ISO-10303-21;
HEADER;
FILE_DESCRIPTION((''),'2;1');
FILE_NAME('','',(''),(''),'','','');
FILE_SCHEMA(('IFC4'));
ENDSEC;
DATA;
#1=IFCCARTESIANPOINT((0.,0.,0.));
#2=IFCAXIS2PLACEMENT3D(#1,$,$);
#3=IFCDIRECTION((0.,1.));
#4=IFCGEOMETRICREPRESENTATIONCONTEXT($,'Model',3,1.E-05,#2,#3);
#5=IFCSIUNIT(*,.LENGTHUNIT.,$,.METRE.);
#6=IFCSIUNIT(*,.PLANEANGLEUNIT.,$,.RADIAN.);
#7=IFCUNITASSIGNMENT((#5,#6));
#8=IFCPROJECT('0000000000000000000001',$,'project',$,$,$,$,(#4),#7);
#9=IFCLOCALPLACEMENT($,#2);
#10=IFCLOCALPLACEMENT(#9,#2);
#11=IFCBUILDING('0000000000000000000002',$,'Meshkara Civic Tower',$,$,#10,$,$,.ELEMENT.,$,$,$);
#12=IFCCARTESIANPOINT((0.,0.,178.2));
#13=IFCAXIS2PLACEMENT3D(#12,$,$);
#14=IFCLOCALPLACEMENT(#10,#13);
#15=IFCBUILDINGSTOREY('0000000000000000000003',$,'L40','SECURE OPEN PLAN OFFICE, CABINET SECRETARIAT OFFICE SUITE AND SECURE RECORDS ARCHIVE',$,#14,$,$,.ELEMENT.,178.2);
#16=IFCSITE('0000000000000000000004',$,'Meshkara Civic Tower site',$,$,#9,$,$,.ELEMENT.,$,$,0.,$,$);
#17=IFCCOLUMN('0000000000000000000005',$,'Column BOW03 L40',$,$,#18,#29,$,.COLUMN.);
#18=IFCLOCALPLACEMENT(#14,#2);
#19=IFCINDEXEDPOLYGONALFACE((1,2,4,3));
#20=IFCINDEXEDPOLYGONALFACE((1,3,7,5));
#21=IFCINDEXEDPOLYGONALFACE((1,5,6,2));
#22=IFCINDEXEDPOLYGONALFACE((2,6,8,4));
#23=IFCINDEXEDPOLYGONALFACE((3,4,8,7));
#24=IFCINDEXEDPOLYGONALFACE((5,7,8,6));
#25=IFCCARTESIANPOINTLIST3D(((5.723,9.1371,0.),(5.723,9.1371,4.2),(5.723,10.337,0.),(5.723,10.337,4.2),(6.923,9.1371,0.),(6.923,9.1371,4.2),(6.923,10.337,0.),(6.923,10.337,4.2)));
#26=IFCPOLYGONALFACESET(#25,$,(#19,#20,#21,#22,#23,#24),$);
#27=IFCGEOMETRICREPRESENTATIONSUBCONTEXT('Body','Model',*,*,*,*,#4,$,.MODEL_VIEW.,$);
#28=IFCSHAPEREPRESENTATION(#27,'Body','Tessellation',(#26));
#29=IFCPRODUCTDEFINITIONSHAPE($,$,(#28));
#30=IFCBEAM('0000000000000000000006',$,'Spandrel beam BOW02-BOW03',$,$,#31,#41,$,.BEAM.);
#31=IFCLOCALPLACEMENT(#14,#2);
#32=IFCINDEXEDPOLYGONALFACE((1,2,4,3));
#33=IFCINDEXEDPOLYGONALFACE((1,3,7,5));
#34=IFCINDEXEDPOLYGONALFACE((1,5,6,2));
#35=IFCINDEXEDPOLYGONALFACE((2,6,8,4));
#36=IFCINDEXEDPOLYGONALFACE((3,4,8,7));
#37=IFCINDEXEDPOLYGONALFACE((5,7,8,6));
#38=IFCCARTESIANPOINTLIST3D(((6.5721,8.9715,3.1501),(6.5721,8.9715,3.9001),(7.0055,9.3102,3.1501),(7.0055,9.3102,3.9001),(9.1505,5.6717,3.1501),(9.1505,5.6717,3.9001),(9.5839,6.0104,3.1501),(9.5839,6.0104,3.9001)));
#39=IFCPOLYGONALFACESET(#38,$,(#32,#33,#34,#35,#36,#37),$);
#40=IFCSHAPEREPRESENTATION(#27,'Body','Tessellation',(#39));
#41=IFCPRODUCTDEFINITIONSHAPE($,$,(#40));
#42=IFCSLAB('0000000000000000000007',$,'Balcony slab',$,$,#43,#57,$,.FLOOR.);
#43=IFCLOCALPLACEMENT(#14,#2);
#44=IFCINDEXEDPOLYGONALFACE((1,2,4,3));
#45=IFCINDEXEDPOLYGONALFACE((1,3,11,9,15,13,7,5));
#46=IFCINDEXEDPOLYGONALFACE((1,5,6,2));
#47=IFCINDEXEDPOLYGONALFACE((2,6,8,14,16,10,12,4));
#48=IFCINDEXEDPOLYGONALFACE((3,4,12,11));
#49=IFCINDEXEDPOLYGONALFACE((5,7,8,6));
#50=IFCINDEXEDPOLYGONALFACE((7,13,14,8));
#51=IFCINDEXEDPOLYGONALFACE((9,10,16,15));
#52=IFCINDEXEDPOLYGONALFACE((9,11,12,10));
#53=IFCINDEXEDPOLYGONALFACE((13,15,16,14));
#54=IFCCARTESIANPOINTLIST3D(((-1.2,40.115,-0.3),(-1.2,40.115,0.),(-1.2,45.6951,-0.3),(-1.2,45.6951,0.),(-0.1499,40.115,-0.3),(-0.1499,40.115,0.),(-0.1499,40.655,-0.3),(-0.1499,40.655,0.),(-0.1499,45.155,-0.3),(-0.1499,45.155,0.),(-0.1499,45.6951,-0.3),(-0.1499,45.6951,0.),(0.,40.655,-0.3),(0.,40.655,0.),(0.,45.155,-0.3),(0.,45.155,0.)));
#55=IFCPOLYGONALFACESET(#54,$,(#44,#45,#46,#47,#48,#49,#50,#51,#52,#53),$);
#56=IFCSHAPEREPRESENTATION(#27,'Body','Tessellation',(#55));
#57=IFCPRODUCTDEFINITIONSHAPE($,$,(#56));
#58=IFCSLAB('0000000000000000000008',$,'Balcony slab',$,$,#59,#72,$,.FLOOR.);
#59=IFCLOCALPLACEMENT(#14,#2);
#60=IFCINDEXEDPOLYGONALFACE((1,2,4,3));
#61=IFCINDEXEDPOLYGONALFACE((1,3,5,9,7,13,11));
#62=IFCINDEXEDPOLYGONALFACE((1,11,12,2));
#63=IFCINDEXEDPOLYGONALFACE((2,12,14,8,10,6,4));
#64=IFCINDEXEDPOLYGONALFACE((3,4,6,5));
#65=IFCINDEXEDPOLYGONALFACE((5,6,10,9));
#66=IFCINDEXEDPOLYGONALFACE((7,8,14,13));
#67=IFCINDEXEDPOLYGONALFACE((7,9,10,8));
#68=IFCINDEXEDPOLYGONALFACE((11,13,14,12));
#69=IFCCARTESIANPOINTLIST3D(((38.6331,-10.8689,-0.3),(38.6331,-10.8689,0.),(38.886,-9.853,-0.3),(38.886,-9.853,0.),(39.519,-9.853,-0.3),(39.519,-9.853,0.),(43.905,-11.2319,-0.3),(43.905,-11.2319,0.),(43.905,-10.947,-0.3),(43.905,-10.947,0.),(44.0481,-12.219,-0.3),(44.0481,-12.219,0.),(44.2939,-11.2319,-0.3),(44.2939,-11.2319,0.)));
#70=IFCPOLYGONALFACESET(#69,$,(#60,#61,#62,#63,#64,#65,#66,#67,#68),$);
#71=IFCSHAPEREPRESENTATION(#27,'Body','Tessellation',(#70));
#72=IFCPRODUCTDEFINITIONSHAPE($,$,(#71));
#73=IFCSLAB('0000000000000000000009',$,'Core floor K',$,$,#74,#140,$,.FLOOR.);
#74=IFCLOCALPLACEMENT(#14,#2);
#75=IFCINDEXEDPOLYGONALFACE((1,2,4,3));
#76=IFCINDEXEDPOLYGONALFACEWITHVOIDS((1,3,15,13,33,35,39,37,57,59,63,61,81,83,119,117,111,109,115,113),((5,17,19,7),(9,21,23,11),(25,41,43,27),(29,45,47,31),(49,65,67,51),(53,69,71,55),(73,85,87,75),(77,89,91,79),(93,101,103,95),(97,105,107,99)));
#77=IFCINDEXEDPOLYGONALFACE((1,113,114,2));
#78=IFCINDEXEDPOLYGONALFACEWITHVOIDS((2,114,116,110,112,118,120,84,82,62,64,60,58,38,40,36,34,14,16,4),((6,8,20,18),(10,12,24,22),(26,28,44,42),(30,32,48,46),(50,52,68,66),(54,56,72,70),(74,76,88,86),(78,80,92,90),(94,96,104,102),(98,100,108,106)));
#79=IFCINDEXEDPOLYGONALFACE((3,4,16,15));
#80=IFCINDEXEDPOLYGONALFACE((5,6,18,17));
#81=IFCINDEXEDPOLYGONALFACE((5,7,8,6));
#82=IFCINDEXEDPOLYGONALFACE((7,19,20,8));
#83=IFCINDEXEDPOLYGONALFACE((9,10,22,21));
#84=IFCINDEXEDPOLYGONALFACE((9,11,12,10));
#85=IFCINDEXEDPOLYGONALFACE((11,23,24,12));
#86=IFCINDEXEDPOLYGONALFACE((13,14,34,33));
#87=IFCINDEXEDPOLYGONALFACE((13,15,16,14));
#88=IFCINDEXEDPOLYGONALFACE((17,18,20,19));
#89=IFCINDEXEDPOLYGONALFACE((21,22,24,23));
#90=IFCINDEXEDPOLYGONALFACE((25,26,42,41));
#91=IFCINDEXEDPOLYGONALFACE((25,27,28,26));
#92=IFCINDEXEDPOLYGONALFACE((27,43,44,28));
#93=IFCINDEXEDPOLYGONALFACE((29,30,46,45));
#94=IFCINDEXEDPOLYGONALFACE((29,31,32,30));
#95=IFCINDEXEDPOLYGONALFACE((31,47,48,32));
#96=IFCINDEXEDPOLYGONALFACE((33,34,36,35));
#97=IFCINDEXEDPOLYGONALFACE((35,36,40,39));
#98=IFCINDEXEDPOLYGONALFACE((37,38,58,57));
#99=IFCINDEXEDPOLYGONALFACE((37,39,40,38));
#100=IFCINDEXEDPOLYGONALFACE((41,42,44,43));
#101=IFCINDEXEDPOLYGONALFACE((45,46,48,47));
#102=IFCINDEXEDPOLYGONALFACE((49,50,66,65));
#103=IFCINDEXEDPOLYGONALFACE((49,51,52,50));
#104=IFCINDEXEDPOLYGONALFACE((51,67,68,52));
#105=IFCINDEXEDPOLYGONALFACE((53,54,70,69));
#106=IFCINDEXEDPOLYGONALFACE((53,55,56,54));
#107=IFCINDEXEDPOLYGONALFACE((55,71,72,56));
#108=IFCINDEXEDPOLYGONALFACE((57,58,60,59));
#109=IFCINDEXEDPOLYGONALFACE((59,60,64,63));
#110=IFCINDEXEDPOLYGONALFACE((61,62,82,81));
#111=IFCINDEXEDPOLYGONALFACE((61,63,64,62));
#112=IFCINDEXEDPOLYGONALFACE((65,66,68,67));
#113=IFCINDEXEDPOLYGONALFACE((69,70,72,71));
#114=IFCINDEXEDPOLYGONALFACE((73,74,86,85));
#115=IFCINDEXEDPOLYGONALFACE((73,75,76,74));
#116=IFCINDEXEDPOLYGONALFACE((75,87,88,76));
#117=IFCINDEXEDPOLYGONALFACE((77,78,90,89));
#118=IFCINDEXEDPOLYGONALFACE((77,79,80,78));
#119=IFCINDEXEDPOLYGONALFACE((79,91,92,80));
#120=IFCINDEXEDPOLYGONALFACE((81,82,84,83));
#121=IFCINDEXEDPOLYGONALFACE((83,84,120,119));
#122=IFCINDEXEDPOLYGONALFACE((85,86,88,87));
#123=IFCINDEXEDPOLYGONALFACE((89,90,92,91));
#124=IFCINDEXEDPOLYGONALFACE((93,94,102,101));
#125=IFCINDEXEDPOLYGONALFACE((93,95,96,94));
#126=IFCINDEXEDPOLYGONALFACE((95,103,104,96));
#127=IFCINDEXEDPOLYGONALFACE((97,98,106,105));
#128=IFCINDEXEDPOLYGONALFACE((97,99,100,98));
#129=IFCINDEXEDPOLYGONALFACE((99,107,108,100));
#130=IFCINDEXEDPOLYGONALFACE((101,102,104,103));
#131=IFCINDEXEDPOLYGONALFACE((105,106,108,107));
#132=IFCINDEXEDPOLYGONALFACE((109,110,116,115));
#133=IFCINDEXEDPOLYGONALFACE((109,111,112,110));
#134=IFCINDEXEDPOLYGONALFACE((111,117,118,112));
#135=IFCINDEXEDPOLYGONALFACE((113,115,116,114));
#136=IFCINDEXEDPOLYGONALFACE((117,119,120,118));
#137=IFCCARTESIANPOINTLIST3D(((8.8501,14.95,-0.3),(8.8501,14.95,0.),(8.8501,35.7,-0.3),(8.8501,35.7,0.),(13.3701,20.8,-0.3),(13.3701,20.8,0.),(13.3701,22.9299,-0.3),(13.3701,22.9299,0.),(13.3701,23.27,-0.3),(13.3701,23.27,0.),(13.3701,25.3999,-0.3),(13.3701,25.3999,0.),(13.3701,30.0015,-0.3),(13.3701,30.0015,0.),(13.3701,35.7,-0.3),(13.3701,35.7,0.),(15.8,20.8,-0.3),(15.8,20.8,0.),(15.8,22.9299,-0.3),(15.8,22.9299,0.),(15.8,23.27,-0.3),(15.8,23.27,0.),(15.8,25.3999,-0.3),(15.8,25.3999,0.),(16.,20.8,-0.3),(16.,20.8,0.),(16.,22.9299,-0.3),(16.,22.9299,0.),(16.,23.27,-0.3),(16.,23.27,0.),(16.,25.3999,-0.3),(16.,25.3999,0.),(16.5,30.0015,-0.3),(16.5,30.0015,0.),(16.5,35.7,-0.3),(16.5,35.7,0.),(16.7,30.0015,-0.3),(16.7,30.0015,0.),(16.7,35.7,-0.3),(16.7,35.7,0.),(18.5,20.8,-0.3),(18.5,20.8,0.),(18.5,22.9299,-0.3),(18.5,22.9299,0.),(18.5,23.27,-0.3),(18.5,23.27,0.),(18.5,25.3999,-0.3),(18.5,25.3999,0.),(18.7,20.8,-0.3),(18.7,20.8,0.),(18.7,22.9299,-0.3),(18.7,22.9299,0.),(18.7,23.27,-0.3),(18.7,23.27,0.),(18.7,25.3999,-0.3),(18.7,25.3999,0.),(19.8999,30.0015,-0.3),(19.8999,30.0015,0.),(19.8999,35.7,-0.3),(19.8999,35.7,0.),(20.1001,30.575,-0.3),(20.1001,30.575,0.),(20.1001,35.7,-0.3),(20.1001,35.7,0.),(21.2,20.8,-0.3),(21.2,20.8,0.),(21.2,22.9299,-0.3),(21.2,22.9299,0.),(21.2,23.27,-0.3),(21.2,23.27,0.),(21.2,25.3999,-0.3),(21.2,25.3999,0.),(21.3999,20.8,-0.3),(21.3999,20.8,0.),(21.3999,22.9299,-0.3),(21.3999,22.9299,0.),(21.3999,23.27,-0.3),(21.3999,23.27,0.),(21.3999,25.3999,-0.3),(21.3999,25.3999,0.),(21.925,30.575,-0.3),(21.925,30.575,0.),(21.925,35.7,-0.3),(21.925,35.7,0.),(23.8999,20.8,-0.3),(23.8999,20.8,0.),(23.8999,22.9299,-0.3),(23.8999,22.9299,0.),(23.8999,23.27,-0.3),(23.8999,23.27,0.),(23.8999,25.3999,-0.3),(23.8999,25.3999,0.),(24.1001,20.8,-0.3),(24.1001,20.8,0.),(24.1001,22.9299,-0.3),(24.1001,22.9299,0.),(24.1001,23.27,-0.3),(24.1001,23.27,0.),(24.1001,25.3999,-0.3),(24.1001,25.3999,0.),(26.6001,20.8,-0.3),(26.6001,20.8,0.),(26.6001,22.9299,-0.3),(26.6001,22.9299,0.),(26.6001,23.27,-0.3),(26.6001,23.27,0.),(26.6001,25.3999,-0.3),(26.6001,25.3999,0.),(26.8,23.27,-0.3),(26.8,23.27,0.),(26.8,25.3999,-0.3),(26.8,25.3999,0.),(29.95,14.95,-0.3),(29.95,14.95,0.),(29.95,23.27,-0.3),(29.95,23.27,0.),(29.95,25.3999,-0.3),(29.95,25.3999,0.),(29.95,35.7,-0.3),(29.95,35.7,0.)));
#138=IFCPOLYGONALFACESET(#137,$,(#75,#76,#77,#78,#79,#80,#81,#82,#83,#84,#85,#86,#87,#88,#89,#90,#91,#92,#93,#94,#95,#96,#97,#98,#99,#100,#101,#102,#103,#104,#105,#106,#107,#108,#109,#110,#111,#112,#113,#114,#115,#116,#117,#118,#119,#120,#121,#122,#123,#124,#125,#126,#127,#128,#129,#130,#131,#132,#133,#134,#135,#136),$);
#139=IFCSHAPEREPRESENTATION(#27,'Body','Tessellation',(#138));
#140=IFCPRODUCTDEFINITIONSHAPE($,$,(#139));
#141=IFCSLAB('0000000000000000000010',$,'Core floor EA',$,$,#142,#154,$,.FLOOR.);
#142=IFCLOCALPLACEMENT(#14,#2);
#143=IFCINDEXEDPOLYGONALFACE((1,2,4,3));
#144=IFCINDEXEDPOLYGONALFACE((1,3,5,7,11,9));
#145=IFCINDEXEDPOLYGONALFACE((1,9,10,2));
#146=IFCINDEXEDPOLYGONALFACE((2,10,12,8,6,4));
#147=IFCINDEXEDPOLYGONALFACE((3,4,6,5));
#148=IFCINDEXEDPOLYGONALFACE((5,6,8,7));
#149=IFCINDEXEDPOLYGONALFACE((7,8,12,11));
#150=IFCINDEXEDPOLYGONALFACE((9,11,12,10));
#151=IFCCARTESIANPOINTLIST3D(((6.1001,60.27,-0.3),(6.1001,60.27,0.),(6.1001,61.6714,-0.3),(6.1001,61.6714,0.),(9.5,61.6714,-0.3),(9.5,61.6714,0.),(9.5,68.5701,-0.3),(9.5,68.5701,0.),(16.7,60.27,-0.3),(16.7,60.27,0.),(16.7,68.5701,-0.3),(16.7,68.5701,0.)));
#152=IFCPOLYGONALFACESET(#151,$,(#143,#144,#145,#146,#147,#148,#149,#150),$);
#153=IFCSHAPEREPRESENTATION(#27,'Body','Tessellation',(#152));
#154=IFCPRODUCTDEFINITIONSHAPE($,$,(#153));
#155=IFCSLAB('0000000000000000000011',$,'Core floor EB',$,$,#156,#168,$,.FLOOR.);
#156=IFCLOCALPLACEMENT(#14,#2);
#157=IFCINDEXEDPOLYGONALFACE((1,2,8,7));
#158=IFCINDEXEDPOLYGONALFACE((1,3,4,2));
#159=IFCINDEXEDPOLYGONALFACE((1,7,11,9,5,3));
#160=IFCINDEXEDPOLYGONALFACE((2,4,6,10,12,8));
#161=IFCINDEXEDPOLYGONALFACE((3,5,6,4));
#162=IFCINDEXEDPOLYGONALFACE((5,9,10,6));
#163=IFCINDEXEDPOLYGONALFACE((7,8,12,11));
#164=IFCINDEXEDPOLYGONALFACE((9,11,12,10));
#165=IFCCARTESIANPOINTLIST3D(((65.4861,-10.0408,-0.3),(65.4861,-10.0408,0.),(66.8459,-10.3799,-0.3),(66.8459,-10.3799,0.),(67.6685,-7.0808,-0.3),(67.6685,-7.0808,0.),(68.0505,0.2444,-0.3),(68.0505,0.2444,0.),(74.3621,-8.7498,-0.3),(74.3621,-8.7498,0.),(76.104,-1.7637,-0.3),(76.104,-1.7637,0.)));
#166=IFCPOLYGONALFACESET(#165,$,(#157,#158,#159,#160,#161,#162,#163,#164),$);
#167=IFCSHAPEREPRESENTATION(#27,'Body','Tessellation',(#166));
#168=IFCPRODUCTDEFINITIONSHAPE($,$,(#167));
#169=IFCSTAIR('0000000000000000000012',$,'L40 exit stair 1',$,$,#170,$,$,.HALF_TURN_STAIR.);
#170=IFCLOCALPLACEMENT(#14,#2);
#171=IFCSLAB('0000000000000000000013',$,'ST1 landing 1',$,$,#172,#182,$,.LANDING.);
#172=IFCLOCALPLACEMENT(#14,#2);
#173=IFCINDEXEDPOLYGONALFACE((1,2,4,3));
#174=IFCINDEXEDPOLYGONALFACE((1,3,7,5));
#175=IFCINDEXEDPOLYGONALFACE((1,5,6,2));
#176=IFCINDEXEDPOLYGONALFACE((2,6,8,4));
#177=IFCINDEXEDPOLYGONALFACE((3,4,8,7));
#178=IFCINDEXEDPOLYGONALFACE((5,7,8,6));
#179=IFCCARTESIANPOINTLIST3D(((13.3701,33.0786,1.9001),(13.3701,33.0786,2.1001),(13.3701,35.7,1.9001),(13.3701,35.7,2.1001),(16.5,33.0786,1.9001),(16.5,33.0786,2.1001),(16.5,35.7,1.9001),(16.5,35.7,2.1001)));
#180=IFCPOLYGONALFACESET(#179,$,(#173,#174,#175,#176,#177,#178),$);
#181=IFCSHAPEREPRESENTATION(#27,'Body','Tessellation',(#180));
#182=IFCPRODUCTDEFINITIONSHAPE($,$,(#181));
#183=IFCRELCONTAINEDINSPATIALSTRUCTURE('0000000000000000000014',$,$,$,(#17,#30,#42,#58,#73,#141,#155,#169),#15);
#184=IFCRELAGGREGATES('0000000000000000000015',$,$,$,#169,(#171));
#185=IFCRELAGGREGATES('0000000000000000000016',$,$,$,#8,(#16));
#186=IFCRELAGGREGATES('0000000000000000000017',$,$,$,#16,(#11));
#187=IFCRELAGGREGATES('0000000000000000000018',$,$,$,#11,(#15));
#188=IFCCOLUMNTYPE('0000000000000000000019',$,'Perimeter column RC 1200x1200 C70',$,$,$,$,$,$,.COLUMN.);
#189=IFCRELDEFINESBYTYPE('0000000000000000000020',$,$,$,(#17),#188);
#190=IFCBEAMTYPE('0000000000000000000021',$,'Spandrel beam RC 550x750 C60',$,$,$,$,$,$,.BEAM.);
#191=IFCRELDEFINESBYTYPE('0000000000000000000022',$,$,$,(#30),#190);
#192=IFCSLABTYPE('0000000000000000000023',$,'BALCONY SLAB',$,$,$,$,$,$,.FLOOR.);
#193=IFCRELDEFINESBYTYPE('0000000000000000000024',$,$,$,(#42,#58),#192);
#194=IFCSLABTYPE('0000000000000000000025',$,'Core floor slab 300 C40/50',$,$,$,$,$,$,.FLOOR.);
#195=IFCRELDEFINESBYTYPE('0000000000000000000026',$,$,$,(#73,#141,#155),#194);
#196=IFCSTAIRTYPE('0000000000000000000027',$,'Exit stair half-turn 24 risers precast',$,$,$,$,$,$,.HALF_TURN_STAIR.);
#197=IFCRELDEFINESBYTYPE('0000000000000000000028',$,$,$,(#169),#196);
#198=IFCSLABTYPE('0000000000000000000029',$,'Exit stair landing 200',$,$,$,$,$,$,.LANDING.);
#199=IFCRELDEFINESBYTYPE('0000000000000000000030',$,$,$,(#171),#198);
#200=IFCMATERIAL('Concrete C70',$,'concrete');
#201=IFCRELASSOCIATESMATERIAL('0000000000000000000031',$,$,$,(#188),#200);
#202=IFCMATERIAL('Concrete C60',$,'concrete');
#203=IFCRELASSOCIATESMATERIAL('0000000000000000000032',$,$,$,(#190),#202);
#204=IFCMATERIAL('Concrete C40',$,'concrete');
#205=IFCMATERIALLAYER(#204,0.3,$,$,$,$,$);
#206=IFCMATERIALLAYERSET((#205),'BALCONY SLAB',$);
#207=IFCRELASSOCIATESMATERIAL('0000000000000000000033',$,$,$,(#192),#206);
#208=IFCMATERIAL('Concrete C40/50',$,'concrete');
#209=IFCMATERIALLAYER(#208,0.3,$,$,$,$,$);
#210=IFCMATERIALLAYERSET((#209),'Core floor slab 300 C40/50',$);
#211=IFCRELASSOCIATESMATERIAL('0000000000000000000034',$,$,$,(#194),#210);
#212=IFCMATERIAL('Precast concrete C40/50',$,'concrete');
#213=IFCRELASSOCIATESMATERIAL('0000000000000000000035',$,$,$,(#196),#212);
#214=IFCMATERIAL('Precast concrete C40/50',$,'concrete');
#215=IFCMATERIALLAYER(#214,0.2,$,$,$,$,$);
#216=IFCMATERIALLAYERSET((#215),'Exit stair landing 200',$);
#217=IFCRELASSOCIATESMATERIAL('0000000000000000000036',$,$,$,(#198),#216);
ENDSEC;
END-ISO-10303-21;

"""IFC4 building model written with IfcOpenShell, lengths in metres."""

from ifc_helpers import new_model, si_unit, direction, frame, origin, origin_2d, place, context, subcontext, project, spatial, polyline, rectangle, outline, extrude, material, layer, layer_set, material_profile, profile_set, type_object, element, aggregate, save


model = new_model("IFC4")

# Units and contexts
model_context = context("Model", 3, precision=1e-05, world=origin(), true_north=direction((0.0, 1.0)))
body_context = subcontext(model_context, "Body", "Model", "MODEL_VIEW")
ifc_project = project(units=[si_unit("LENGTHUNIT", "METRE"), si_unit("PLANEANGLEUNIT", "RADIAN")], contexts=[model_context])

# Site, building, storey
site_placement = place(None, origin())
site = spatial("IfcSite", under=ifc_project, at=site_placement, Name="Meshkara Civic Tower site", CompositionType="ELEMENT", RefElevation=0.0)
building_placement = place(site_placement, origin())
building = spatial("IfcBuilding", under=site, at=building_placement, Name="Meshkara Civic Tower", CompositionType="ELEMENT")
storey_placement = place(building_placement, frame((0.0, 0.0, 178.2)))
storey = spatial("IfcBuildingStorey", under=building, at=storey_placement, Name="L40", Description="SECURE OPEN PLAN OFFICE, CABINET SECRETARIAT OFFICE SUITE AND SECURE RECORDS ARCHIVE", CompositionType="ELEMENT", Elevation=178.2)

# Column
ifc_material_1 = material(Name="Concrete C70", Category="concrete")
ifc_material_profile_1 = material_profile(ifc_material_1, rectangle(XDim=1.2, YDim=1.2, at=origin_2d()))
ifc_profile_set_1 = profile_set([ifc_material_profile_1], Name="Concrete C70")
column_type = type_object("IfcColumnType", Name="Perimeter column RC 1200x1200 C70", PredefinedType="COLUMN", material=ifc_profile_set_1)
column_placement = place(storey_placement, frame((6.323, 9.7371, 0.0), z_axis=(0.0, 0.0, 1.0), x_axis=(1.0, 0.0, 0.0)))
element("IfcColumn", 1, at=column_placement, inside=storey, type_object=column_type, Name="Column BOW03 L40", PredefinedType="COLUMN", context=body_context, shape_type="SweptSolid", body=[
    extrude(rectangle(XDim=1.2, YDim=1.2, at=origin_2d()), origin(), (0.0, 0.0, 1.0), 4.2),
])

# Beam
ifc_material_2 = material(Name="Concrete C60", Category="concrete")
ifc_material_profile_2 = material_profile(ifc_material_2, rectangle(XDim=0.55, YDim=0.75, at=origin_2d()))
ifc_profile_set_2 = profile_set([ifc_material_profile_2], Name="Concrete C60")
beam_type = type_object("IfcBeamType", Name="Spandrel beam RC 550x750 C60", PredefinedType="BEAM", material=ifc_profile_set_2)
beam_placement = place(storey_placement, frame((6.7888, 9.1409, 3.5251), z_axis=(0.615703, -0.787978, 0.0), x_axis=(0.787978, 0.615703, 0.0)))
element("IfcBeam", 2, at=beam_placement, inside=storey, type_object=beam_type, Name="Spandrel beam BOW02-BOW03", PredefinedType="BEAM", context=body_context, shape_type="SweptSolid", body=[
    extrude(rectangle(XDim=0.55, YDim=0.75, at=origin_2d()), origin(), (0.0, 0.0, 1.0), 4.1877),
])

# Slabs
ifc_material_3 = material(Name="Concrete C40", Category="concrete")
ifc_layer_1 = layer(ifc_material_3, 0.3)
ifc_layer_set_1 = layer_set([ifc_layer_1], Name="BALCONY SLAB")
slab_type_1 = type_object("IfcSlabType", Name="BALCONY SLAB", PredefinedType="FLOOR", material=ifc_layer_set_1)
slab_1_placement = place(storey_placement, frame((0.0, 0.0, -0.3)))
element("IfcSlab", 3, at=slab_1_placement, inside=storey, type_object=slab_type_1, Name="Balcony slab", PredefinedType="FLOOR", context=body_context, shape_type="SweptSolid", body=[
    extrude(outline(polyline([(-1.2, 40.115), (-1.2, 45.6951), (-0.1499, 45.6951), (-0.1499, 45.155), (0.0, 45.155), (0.0, 40.655), (-0.1499, 40.655), (-0.1499, 40.115), (-1.2, 40.115)])), origin(), (0.0, 0.0, 1.0), 0.3),
])
slab_2_placement = place(storey_placement, frame((0.0, 0.0, -0.3)))
element("IfcSlab", 4, at=slab_2_placement, inside=storey, type_object=slab_type_1, Name="Balcony slab", PredefinedType="FLOOR", context=body_context, shape_type="SweptSolid", body=[
    extrude(outline(polyline([(44.0481, -12.219), (38.6331, -10.8689), (38.886, -9.853), (39.519, -9.853), (43.905, -10.947), (43.905, -11.2319), (44.2939, -11.2319), (44.0481, -12.219)])), origin(), (0.0, 0.0, 1.0), 0.3),
])
ifc_material_4 = material(Name="Concrete C40/50", Category="concrete")
ifc_layer_2 = layer(ifc_material_4, 0.3)
ifc_layer_set_2 = layer_set([ifc_layer_2], Name="Core floor slab 300 C40/50")
slab_type_2 = type_object("IfcSlabType", Name="Core floor slab 300 C40/50", PredefinedType="FLOOR", material=ifc_layer_set_2)
slab_3_placement = place(storey_placement, frame((0.0, 0.0, -0.3)))
element("IfcSlab", 5, at=slab_3_placement, inside=storey, type_object=slab_type_2, Name="Core floor K", PredefinedType="FLOOR", context=body_context, shape_type="SweptSolid", body=[
    extrude(outline(polyline([(8.8501, 35.7), (13.3701, 35.7), (13.3701, 30.0015), (16.5, 30.0015), (16.5, 35.7), (16.7, 35.7), (16.7, 30.0015), (19.8999, 30.0015), (19.8999, 35.7), (20.1001, 35.7), (20.1001, 30.575), (21.925, 30.575), (21.925, 35.7), (29.95, 35.7), (29.95, 25.3999), (26.8, 25.3999), (26.8, 23.27), (29.95, 23.27), (29.95, 14.95), (8.8501, 14.95), (8.8501, 35.7)]), holes=[polyline([(15.8, 22.9299), (13.3701, 22.9299), (13.3701, 20.8), (15.8, 20.8), (15.8, 22.9299)]), polyline([(16.0, 22.9299), (16.0, 20.8), (18.5, 20.8), (18.5, 22.9299), (16.0, 22.9299)]), polyline([(18.7, 22.9299), (18.7, 20.8), (21.2, 20.8), (21.2, 22.9299), (18.7, 22.9299)]), polyline([(15.8, 23.27), (15.8, 25.3999), (13.3701, 25.3999), (13.3701, 23.27), (15.8, 23.27)]), polyline([(16.0, 25.3999), (16.0, 23.27), (18.5, 23.27), (18.5, 25.3999), (16.0, 25.3999)]), polyline([(21.3999, 20.8), (23.8999, 20.8), (23.8999, 22.9299), (21.3999, 22.9299), (21.3999, 20.8)]), polyline([(24.1001, 20.8), (26.6001, 20.8), (26.6001, 22.9299), (24.1001, 22.9299), (24.1001, 20.8)]), polyline([(18.7, 25.3999), (18.7, 23.27), (21.2, 23.27), (21.2, 25.3999), (18.7, 25.3999)]), polyline([(21.3999, 25.3999), (21.3999, 23.27), (23.8999, 23.27), (23.8999, 25.3999), (21.3999, 25.3999)]), polyline([(26.6001, 23.27), (26.6001, 25.3999), (24.1001, 25.3999), (24.1001, 23.27), (26.6001, 23.27)])]), origin(), (0.0, 0.0, 1.0), 0.3),
])
slab_4_placement = place(storey_placement, frame((0.0, 0.0, -0.3)))
element("IfcSlab", 6, at=slab_4_placement, inside=storey, type_object=slab_type_2, Name="Core floor EA", PredefinedType="FLOOR", context=body_context, shape_type="SweptSolid", body=[
    extrude(outline(polyline([(16.7, 60.27), (16.7, 68.5701), (9.5, 68.5701), (9.5, 61.6714), (6.1001, 61.6714), (6.1001, 60.27), (16.7, 60.27)])), origin(), (0.0, 0.0, 1.0), 0.3),
])
slab_5_placement = place(storey_placement, frame((0.0, 0.0, -0.3)))
element("IfcSlab", 7, at=slab_5_placement, inside=storey, type_object=slab_type_2, Name="Core floor EB", PredefinedType="FLOOR", context=body_context, shape_type="SweptSolid", body=[
    extrude(outline(polyline([(68.0505, 0.2444), (76.104, -1.7637), (74.3621, -8.7498), (67.6685, -7.0808), (66.8459, -10.3799), (65.4861, -10.0408), (68.0505, 0.2444)])), origin(), (0.0, 0.0, 1.0), 0.3),
])

# Stair, slab
ifc_material_5 = material(Name="Precast concrete C40/50", Category="concrete")
stair_type = type_object("IfcStairType", Name="Exit stair half-turn 24 risers precast", PredefinedType="HALF_TURN_STAIR", material=ifc_material_5)
stair_1_placement = place(storey_placement, origin())
stair_1 = element("IfcStair", 8, at=stair_1_placement, inside=storey, type_object=stair_type, Name="L40 exit stair 1", PredefinedType="HALF_TURN_STAIR")
ifc_material_6 = material(Name="Precast concrete C40/50", Category="concrete")
ifc_layer_3 = layer(ifc_material_6, 0.2)
ifc_layer_set_3 = layer_set([ifc_layer_3], Name="Exit stair landing 200")
slab_type_3 = type_object("IfcSlabType", Name="Exit stair landing 200", PredefinedType="LANDING", material=ifc_layer_set_3)
slab_6_placement = place(storey_placement, frame((0.0, 0.0, 1.9001)))
slab_6 = element("IfcSlab", 9, at=slab_6_placement, type_object=slab_type_3, Name="ST1 landing 1", PredefinedType="LANDING", context=body_context, shape_type="SweptSolid", body=[
    extrude(outline(polyline([(16.5, 33.0786), (16.5, 35.7), (13.3701, 35.7), (13.3701, 33.0786), (16.5, 33.0786)])), origin(), (0.0, 0.0, 1.0), 0.2),
])
aggregate(stair_1, [slab_6])

save(model, "model.ifc")
